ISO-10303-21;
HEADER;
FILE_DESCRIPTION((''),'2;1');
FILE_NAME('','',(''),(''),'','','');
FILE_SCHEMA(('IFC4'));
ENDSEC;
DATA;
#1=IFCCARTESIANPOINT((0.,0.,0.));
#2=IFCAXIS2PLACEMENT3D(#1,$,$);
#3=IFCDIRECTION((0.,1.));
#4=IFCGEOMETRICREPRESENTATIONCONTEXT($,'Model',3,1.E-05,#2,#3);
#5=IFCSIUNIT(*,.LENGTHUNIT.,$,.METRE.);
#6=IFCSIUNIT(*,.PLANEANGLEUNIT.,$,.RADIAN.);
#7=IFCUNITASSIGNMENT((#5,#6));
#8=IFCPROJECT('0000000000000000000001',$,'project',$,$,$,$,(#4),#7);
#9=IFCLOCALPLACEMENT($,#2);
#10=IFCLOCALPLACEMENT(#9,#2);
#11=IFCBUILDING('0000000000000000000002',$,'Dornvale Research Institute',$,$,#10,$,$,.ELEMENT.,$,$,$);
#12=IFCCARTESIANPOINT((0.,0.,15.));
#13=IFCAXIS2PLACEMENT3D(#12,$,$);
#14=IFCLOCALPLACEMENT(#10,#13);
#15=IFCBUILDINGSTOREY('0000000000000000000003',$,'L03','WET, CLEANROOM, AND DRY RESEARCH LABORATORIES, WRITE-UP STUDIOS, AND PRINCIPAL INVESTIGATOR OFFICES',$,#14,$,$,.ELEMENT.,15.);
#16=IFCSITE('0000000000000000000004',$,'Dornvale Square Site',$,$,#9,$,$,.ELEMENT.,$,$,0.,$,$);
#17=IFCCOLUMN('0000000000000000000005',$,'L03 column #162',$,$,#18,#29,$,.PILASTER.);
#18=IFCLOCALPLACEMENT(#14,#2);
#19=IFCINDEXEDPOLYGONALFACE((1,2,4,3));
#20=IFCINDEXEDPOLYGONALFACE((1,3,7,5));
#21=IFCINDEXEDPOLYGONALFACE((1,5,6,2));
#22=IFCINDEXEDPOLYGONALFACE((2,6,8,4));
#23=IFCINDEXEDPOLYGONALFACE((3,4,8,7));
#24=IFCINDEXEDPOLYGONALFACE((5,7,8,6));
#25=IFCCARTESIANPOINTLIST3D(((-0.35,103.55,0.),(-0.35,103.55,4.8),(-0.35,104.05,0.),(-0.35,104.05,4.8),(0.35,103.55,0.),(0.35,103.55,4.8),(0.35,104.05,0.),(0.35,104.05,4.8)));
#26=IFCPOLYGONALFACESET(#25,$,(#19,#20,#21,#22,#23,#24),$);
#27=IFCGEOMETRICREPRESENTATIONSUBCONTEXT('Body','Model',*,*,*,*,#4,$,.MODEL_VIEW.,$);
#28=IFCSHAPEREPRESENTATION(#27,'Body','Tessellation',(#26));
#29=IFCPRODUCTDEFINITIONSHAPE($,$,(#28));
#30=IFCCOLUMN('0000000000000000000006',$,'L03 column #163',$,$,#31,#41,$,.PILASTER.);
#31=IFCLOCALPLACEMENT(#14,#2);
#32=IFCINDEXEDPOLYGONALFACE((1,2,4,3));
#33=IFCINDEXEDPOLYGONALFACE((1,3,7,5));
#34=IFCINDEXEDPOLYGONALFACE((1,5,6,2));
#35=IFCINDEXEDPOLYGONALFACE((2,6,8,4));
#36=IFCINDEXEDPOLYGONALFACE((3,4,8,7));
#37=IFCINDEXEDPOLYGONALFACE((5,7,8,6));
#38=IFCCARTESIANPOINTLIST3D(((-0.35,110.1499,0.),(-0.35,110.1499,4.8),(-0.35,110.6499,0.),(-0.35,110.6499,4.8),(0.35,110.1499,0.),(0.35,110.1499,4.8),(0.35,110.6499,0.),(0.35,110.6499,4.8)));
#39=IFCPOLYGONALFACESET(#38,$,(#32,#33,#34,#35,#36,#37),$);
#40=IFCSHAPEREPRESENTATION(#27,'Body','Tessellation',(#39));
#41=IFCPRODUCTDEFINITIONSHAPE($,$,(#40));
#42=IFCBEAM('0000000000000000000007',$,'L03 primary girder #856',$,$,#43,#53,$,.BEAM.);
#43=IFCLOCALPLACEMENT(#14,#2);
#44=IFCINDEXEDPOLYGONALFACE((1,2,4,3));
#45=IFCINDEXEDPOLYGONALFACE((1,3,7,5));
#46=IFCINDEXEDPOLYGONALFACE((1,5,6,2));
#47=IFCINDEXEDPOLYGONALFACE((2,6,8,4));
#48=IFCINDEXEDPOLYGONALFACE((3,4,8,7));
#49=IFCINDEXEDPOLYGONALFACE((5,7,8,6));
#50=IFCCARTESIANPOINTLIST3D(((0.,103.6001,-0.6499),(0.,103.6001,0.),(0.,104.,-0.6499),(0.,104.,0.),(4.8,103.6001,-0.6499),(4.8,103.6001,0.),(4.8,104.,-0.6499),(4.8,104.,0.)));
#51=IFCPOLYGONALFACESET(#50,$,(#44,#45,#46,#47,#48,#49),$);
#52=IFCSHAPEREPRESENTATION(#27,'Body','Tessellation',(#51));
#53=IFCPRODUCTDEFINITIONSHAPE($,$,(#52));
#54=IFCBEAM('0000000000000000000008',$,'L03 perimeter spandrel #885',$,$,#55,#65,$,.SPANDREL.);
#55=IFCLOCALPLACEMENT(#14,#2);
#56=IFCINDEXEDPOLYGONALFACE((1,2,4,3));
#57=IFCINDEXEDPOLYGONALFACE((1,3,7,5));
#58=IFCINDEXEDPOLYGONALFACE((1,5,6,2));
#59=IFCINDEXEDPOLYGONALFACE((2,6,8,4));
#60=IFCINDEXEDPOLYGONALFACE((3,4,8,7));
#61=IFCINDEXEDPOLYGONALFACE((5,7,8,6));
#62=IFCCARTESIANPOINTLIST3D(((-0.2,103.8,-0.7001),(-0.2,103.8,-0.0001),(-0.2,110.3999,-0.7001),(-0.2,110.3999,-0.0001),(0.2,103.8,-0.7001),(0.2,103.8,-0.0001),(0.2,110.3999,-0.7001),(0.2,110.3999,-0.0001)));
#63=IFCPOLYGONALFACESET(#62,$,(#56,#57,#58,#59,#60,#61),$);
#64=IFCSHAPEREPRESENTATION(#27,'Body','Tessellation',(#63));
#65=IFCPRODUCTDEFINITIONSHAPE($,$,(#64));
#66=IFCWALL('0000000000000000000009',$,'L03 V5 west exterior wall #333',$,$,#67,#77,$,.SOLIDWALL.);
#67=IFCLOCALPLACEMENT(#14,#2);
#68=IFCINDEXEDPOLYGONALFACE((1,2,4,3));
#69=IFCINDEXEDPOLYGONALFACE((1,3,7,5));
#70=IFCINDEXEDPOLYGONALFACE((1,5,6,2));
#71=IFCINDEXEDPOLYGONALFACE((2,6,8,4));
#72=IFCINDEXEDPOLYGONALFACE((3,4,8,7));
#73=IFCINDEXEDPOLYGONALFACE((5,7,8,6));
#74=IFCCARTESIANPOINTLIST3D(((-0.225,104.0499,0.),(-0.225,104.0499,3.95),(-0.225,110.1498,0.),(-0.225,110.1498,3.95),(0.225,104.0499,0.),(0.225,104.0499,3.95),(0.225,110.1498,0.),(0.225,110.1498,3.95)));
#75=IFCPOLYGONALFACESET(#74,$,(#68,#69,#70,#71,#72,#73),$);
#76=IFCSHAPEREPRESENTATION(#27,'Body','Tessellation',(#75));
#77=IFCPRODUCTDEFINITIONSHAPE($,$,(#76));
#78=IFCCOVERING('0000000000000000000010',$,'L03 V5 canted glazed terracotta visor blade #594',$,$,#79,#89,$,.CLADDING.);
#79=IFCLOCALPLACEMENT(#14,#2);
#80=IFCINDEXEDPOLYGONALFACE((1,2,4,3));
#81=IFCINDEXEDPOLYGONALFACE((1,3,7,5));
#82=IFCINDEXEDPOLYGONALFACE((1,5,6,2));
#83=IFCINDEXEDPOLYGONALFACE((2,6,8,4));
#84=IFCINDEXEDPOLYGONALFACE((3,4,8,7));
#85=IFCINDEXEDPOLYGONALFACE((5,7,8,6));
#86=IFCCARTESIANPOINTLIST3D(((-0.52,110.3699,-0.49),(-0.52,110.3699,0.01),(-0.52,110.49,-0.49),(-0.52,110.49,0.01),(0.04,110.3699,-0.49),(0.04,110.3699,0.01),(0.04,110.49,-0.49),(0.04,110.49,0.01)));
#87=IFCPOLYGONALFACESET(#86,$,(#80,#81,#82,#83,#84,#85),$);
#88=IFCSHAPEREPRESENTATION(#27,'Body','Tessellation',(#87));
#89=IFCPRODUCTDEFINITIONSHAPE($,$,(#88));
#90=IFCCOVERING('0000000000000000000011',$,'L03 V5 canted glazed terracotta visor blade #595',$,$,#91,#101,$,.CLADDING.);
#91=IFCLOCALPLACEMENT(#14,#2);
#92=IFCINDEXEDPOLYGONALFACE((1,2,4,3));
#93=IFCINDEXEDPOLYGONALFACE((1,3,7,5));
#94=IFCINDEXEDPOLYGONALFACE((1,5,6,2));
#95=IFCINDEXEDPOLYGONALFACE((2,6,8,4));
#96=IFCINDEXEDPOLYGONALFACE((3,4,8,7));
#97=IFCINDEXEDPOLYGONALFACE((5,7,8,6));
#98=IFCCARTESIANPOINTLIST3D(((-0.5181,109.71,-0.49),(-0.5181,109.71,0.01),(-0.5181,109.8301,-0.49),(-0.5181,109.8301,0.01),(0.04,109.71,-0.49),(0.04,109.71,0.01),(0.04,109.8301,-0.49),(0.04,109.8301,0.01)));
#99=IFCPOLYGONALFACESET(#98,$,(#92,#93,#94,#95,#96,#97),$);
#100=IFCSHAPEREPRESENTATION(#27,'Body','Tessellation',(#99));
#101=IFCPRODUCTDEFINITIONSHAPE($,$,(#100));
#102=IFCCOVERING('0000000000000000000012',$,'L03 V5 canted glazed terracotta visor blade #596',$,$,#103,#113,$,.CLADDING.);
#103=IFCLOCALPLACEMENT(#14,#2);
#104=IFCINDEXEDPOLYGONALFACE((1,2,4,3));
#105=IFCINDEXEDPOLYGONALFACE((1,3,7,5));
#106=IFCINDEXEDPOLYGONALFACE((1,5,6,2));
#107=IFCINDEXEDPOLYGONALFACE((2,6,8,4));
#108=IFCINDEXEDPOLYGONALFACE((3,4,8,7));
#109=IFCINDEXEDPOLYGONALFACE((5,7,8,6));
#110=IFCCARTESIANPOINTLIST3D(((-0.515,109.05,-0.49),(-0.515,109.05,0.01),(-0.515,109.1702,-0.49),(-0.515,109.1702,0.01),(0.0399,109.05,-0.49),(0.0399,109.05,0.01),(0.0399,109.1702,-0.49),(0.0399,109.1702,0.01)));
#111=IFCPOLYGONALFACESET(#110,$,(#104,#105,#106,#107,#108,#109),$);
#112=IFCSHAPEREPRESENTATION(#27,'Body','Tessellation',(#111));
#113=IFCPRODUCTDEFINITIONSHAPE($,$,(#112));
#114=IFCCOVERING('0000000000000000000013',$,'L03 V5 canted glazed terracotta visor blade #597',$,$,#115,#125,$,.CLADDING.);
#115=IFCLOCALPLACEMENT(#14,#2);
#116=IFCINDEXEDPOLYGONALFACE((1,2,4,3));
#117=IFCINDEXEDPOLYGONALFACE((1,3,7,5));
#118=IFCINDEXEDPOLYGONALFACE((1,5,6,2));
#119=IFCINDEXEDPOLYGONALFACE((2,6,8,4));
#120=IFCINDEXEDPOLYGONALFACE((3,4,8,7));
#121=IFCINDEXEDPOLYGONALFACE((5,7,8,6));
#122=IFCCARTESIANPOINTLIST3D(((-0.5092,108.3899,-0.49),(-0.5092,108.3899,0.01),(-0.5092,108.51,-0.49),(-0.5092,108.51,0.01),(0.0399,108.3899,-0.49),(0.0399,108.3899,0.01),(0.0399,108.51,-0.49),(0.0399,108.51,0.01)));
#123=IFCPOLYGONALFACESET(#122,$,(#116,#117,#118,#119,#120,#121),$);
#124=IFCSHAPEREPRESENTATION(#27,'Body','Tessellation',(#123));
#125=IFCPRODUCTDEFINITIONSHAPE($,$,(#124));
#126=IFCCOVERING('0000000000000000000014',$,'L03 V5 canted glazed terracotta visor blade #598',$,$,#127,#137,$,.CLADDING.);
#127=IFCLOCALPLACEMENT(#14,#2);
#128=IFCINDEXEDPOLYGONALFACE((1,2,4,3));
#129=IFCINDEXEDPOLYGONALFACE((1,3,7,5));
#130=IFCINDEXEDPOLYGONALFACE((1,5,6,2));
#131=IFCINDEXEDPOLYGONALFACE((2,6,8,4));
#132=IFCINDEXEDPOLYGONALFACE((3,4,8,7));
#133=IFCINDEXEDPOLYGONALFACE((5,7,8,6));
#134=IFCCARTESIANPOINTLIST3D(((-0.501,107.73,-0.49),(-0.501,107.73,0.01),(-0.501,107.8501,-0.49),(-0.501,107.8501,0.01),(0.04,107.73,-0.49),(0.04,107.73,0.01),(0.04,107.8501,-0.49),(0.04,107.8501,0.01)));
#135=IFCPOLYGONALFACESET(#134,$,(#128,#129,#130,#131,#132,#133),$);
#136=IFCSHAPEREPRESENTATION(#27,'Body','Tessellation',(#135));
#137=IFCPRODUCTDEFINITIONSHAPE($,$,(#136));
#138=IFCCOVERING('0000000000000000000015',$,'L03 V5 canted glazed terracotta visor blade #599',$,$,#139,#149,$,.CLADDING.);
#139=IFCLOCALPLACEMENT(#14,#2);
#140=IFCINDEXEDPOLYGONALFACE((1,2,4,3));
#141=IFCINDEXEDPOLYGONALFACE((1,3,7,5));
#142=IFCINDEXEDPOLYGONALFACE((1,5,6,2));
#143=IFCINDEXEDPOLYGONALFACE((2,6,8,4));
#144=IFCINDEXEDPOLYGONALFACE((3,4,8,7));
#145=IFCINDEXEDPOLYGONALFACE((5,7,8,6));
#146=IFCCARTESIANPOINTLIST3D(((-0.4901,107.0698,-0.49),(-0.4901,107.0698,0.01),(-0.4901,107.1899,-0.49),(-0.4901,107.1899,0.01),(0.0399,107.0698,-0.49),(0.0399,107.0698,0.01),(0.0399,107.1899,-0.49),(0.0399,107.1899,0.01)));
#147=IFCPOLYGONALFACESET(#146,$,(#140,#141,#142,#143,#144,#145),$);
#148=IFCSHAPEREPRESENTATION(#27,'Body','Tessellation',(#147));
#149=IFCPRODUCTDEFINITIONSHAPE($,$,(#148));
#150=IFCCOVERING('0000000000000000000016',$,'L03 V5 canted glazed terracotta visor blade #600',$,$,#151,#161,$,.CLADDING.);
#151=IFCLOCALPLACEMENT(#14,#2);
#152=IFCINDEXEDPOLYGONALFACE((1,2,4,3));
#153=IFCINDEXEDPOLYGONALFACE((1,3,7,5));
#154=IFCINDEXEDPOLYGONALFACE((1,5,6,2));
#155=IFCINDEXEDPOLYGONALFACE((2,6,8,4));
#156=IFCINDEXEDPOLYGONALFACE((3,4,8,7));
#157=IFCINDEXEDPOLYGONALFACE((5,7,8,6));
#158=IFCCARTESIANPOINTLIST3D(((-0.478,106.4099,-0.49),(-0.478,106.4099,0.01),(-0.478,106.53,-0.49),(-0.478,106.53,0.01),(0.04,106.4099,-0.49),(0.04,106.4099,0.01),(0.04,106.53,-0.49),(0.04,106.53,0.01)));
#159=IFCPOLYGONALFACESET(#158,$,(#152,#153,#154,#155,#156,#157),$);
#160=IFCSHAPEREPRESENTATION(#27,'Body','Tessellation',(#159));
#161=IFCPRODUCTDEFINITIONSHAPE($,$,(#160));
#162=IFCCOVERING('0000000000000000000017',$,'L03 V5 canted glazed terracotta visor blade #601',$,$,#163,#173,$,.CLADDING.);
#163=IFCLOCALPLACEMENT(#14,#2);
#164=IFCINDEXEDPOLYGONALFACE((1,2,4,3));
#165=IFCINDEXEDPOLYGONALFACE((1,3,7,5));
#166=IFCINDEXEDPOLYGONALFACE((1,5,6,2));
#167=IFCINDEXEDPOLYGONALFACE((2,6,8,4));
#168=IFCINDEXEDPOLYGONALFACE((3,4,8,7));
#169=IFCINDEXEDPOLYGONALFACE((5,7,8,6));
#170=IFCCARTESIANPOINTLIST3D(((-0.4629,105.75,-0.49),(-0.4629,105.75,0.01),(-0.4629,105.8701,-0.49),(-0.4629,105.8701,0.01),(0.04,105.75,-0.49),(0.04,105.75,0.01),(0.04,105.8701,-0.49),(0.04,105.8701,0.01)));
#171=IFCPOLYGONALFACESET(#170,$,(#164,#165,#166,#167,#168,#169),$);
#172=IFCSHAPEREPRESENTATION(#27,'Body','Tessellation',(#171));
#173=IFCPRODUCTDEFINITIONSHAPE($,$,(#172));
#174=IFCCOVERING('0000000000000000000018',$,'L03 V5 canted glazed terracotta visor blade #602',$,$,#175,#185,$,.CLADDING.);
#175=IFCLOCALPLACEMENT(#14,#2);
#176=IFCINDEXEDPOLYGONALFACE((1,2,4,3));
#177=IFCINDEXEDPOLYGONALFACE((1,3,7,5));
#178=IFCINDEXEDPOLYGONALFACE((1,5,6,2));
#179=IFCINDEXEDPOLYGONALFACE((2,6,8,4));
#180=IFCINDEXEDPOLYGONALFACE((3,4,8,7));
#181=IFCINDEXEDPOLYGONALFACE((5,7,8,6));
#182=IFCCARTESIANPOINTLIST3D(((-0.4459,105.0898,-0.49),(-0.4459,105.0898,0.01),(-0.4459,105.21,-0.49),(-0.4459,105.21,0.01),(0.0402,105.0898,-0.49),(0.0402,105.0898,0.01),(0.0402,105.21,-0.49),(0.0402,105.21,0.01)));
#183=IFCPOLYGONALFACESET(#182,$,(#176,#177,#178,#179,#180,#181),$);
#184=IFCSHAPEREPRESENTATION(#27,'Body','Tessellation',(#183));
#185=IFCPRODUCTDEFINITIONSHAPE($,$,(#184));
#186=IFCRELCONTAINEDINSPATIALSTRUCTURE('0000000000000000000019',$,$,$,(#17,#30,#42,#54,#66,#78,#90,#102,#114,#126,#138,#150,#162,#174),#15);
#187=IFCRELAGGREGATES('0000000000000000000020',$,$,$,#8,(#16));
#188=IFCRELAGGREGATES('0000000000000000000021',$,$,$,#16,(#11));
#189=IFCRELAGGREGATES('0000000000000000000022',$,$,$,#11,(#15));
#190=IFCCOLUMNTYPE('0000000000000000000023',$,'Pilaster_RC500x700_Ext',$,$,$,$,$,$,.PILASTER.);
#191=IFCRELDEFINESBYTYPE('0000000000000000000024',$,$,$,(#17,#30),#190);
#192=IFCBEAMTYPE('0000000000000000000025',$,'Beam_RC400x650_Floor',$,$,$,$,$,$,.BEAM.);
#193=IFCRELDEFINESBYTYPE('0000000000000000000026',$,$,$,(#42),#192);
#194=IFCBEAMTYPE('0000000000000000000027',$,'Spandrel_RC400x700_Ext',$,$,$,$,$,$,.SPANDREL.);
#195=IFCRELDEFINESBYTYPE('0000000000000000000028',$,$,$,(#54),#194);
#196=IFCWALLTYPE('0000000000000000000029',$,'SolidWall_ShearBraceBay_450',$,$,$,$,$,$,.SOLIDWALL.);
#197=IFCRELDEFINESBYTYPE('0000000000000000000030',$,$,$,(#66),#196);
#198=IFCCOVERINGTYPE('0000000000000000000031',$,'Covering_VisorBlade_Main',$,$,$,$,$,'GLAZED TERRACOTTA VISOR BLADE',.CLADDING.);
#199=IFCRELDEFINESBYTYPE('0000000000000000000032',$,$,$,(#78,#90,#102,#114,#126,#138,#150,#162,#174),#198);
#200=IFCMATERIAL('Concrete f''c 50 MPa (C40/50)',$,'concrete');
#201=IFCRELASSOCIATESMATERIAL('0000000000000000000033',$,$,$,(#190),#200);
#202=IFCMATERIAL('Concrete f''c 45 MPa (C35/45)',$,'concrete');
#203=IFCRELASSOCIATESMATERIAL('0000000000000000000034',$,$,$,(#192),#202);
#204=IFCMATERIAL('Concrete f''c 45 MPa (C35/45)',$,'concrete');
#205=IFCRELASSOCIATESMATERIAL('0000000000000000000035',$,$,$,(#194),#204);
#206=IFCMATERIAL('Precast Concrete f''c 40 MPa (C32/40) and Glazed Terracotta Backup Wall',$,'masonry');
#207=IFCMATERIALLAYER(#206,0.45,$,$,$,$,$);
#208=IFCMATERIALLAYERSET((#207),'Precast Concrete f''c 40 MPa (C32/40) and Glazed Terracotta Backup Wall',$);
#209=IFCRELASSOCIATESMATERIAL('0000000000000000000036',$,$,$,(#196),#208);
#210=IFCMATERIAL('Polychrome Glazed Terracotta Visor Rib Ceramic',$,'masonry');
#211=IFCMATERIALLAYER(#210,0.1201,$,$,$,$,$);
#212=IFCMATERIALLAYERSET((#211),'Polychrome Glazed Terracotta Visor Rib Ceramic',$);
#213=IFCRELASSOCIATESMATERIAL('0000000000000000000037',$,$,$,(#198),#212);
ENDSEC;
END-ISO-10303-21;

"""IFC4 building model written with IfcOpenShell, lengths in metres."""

from ifc_helpers import new_model, si_unit, direction, frame, frame_2d, origin, origin_2d, place, context, subcontext, project, spatial, rectangle, extrude, material, layer, layer_set, material_profile, profile_set, type_object, element, save


model = new_model("IFC4")

# Units and contexts
model_context = context("Model", 3, precision=1e-05, world=origin(), true_north=direction((0.0, 1.0)))
body_context = subcontext(model_context, "Body", "Model", "MODEL_VIEW")
ifc_project = project(units=[si_unit("LENGTHUNIT", "METRE"), si_unit("PLANEANGLEUNIT", "RADIAN")], contexts=[model_context])

# Site, building, storey
site_placement = place(None, origin())
site = spatial("IfcSite", under=ifc_project, at=site_placement, Name="Dornvale Square Site", CompositionType="ELEMENT", RefElevation=0.0)
building_placement = place(site_placement, origin())
building = spatial("IfcBuilding", under=site, at=building_placement, Name="Dornvale Research Institute", CompositionType="ELEMENT")
storey_placement = place(building_placement, frame((0.0, 0.0, 15.0)))
storey = spatial("IfcBuildingStorey", under=building, at=storey_placement, Name="L03", Description="WET, CLEANROOM, AND DRY RESEARCH LABORATORIES, WRITE-UP STUDIOS, AND PRINCIPAL INVESTIGATOR OFFICES", CompositionType="ELEMENT", Elevation=15.0)

# Columns
ifc_material_1 = material(Name="Concrete f'c 50 MPa (C40/50)", Category="concrete")
ifc_material_profile_1 = material_profile(ifc_material_1, rectangle(XDim=0.5, YDim=0.7, at=origin_2d()), Name="RC 500x700")
ifc_profile_set_1 = profile_set([ifc_material_profile_1], Name="Concrete f'c 50 MPa (C40/50)")
column_type = type_object("IfcColumnType", Name="Pilaster_RC500x700_Ext", PredefinedType="PILASTER", material=ifc_profile_set_1)
for number, where, z_axis, x_axis, name in (
    (1, (0.0, 103.8, 0.0), (0.0, 0.0, 1.0), (0.0, 1.0, 0.0), "L03 column #162"),
    (2, (0.0, 110.3999, 0.0), (0.0, 0.0, 1.0), (0.0, 1.0, 0.0), "L03 column #163"),
):
    element("IfcColumn", number, at=place(storey_placement, frame(where, z_axis=z_axis, x_axis=x_axis)), inside=storey, type_object=column_type, Name=name, PredefinedType="PILASTER", context=body_context, shape_type="SweptSolid", body=[
        extrude(rectangle(XDim=0.5, YDim=0.7, at=origin_2d()), origin(), (0.0, 0.0, 1.0), 4.8),
    ])

# Beams
ifc_material_2 = material(Name="Concrete f'c 45 MPa (C35/45)", Category="concrete")
ifc_material_profile_2 = material_profile(ifc_material_2, rectangle(XDim=0.3999, YDim=0.6499, at=origin_2d()), Name="RC 400x650")
ifc_profile_set_2 = profile_set([ifc_material_profile_2], Name="Concrete f'c 45 MPa (C35/45)")
beam_type_1 = type_object("IfcBeamType", Name="Beam_RC400x650_Floor", PredefinedType="BEAM", material=ifc_profile_set_2)
beam_1_placement = place(storey_placement, frame((0.0, 103.8, -0.325), z_axis=(1.0, 0.0, 0.0), x_axis=(0.0, 1.0, 0.0)))
element("IfcBeam", 3, at=beam_1_placement, inside=storey, type_object=beam_type_1, Name="L03 primary girder #856", PredefinedType="BEAM", context=body_context, shape_type="SweptSolid", body=[
    extrude(rectangle(XDim=0.3999, YDim=0.6499, at=origin_2d()), origin(), (0.0, 0.0, 1.0), 4.8),
])
ifc_material_3 = material(Name="Concrete f'c 45 MPa (C35/45)", Category="concrete")
ifc_material_profile_3 = material_profile(ifc_material_3, rectangle(XDim=0.3999, YDim=0.7, at=origin_2d()), Name="RC 400x700")
ifc_profile_set_3 = profile_set([ifc_material_profile_3], Name="Concrete f'c 45 MPa (C35/45)")
beam_type_2 = type_object("IfcBeamType", Name="Spandrel_RC400x700_Ext", PredefinedType="SPANDREL", material=ifc_profile_set_3)
beam_2_placement = place(storey_placement, frame((0.0, 103.8, -0.3501), z_axis=(0.0, 1.0, 0.0), x_axis=(-1.0, 0.0, 0.0)))
element("IfcBeam", 4, at=beam_2_placement, inside=storey, type_object=beam_type_2, Name="L03 perimeter spandrel #885", PredefinedType="SPANDREL", context=body_context, shape_type="SweptSolid", body=[
    extrude(rectangle(XDim=0.3999, YDim=0.7, at=origin_2d()), origin(), (0.0, 0.0, 1.0), 6.5999),
])

# Wall
ifc_material_4 = material(Name="Precast Concrete f'c 40 MPa (C32/40) and Glazed Terracotta Backup Wall", Category="masonry")
ifc_layer_1 = layer(ifc_material_4, 0.45)
ifc_layer_set_1 = layer_set([ifc_layer_1], Name="Precast Concrete f'c 40 MPa (C32/40) and Glazed Terracotta Backup Wall")
wall_type = type_object("IfcWallType", Name="SolidWall_ShearBraceBay_450", PredefinedType="SOLIDWALL", material=ifc_layer_set_1)
wall_placement = place(storey_placement, frame((0.0, 104.05, 0.0), z_axis=(0.0, 0.0, 1.0), x_axis=(0.0, 1.0, 0.0)))
element("IfcWall", 5, at=wall_placement, inside=storey, type_object=wall_type, Name="L03 V5 west exterior wall #333", PredefinedType="SOLIDWALL", context=body_context, shape_type="SweptSolid", body=[
    extrude(rectangle(XDim=6.0999, YDim=0.45, at=frame_2d((3.0498, 0.0))), origin(), (0.0, 0.0, 1.0), 3.95),
])

# Coverings
ifc_material_5 = material(Name="Polychrome Glazed Terracotta Visor Rib Ceramic", Category="masonry")
ifc_layer_2 = layer(ifc_material_5, 0.1201)
ifc_layer_set_2 = layer_set([ifc_layer_2], Name="Polychrome Glazed Terracotta Visor Rib Ceramic")
covering_type = type_object("IfcCoveringType", Name="Covering_VisorBlade_Main", ElementType="GLAZED TERRACOTTA VISOR BLADE", PredefinedType="CLADDING", material=ifc_layer_set_2)
covering_1_placement = place(storey_placement, frame((-0.24, 110.4299, -0.49), z_axis=(0.0, 0.0, 1.0), x_axis=(1.0, 0.0, 0.0)))
element("IfcCovering", 6, at=covering_1_placement, inside=storey, type_object=covering_type, Name="L03 V5 canted glazed terracotta visor blade #594", PredefinedType="CLADDING", context=body_context, shape_type="SweptSolid", body=[
    extrude(rectangle(XDim=0.5601, YDim=0.1201, at=origin_2d()), origin(), (0.0, 0.0, 1.0), 0.5),
])
covering_2_placement = place(storey_placement, frame((-0.239, 109.77, -0.49), z_axis=(0.0, 0.0, 1.0), x_axis=(1.0, 0.0, 0.0)))
element("IfcCovering", 7, at=covering_2_placement, inside=storey, type_object=covering_type, Name="L03 V5 canted glazed terracotta visor blade #595", PredefinedType="CLADDING", context=body_context, shape_type="SweptSolid", body=[
    extrude(rectangle(XDim=0.5581, YDim=0.1201, at=origin_2d()), origin(), (0.0, 0.0, 1.0), 0.5),
])
covering_3_placement = place(storey_placement, frame((-0.2375, 109.1101, -0.49), z_axis=(0.0, 0.0, 1.0), x_axis=(1.0, 0.0, 0.0)))
element("IfcCovering", 8, at=covering_3_placement, inside=storey, type_object=covering_type, Name="L03 V5 canted glazed terracotta visor blade #596", PredefinedType="CLADDING", context=body_context, shape_type="SweptSolid", body=[
    extrude(rectangle(XDim=0.5549, YDim=0.1201, at=origin_2d()), origin(), (0.0, 0.0, 1.0), 0.5),
])
covering_4_placement = place(storey_placement, frame((-0.2346, 108.45, -0.49), z_axis=(0.0, 0.0, 1.0), x_axis=(1.0, 0.0, 0.0)))
element("IfcCovering", 9, at=covering_4_placement, inside=storey, type_object=covering_type, Name="L03 V5 canted glazed terracotta visor blade #597", PredefinedType="CLADDING", context=body_context, shape_type="SweptSolid", body=[
    extrude(rectangle(XDim=0.5491, YDim=0.1201, at=origin_2d()), origin(), (0.0, 0.0, 1.0), 0.5),
])
covering_5_placement = place(storey_placement, frame((-0.2305, 107.79, -0.49), z_axis=(0.0, 0.0, 1.0), x_axis=(1.0, 0.0, 0.0)))
element("IfcCovering", 10, at=covering_5_placement, inside=storey, type_object=covering_type, Name="L03 V5 canted glazed terracotta visor blade #598", PredefinedType="CLADDING", context=body_context, shape_type="SweptSolid", body=[
    extrude(rectangle(XDim=0.541, YDim=0.1201, at=origin_2d()), origin(), (0.0, 0.0, 1.0), 0.5),
])
covering_6_placement = place(storey_placement, frame((-0.2251, 107.1299, -0.49), z_axis=(0.0, 0.0, 1.0), x_axis=(1.0, 0.0, 0.0)))
element("IfcCovering", 11, at=covering_6_placement, inside=storey, type_object=covering_type, Name="L03 V5 canted glazed terracotta visor blade #599", PredefinedType="CLADDING", context=body_context, shape_type="SweptSolid", body=[
    extrude(rectangle(XDim=0.53, YDim=0.1201, at=origin_2d()), origin(), (0.0, 0.0, 1.0), 0.5),
])
covering_7_placement = place(storey_placement, frame((-0.219, 106.47, -0.49), z_axis=(0.0, 0.0, 1.0), x_axis=(1.0, 0.0, 0.0)))
element("IfcCovering", 12, at=covering_7_placement, inside=storey, type_object=covering_type, Name="L03 V5 canted glazed terracotta visor blade #600", PredefinedType="CLADDING", context=body_context, shape_type="SweptSolid", body=[
    extrude(rectangle(XDim=0.5181, YDim=0.1201, at=origin_2d()), origin(), (0.0, 0.0, 1.0), 0.5),
])
covering_8_placement = place(storey_placement, frame((-0.2114, 105.8101, -0.49), z_axis=(0.0, 0.0, 1.0), x_axis=(1.0, 0.0, 0.0)))
element("IfcCovering", 13, at=covering_8_placement, inside=storey, type_object=covering_type, Name="L03 V5 canted glazed terracotta visor blade #601", PredefinedType="CLADDING", context=body_context, shape_type="SweptSolid", body=[
    extrude(rectangle(XDim=0.5029, YDim=0.1201, at=origin_2d()), origin(), (0.0, 0.0, 1.0), 0.5),
])
covering_9_placement = place(storey_placement, frame((-0.2029, 105.1499, -0.49), z_axis=(0.0, 0.0, 1.0), x_axis=(1.0, 0.0, 0.0)))
element("IfcCovering", 14, at=covering_9_placement, inside=storey, type_object=covering_type, Name="L03 V5 canted glazed terracotta visor blade #602", PredefinedType="CLADDING", context=body_context, shape_type="SweptSolid", body=[
    extrude(rectangle(XDim=0.4861, YDim=0.1201, at=origin_2d()), origin(), (0.0, 0.0, 1.0), 0.5),
])

save(model, "model.ifc")
